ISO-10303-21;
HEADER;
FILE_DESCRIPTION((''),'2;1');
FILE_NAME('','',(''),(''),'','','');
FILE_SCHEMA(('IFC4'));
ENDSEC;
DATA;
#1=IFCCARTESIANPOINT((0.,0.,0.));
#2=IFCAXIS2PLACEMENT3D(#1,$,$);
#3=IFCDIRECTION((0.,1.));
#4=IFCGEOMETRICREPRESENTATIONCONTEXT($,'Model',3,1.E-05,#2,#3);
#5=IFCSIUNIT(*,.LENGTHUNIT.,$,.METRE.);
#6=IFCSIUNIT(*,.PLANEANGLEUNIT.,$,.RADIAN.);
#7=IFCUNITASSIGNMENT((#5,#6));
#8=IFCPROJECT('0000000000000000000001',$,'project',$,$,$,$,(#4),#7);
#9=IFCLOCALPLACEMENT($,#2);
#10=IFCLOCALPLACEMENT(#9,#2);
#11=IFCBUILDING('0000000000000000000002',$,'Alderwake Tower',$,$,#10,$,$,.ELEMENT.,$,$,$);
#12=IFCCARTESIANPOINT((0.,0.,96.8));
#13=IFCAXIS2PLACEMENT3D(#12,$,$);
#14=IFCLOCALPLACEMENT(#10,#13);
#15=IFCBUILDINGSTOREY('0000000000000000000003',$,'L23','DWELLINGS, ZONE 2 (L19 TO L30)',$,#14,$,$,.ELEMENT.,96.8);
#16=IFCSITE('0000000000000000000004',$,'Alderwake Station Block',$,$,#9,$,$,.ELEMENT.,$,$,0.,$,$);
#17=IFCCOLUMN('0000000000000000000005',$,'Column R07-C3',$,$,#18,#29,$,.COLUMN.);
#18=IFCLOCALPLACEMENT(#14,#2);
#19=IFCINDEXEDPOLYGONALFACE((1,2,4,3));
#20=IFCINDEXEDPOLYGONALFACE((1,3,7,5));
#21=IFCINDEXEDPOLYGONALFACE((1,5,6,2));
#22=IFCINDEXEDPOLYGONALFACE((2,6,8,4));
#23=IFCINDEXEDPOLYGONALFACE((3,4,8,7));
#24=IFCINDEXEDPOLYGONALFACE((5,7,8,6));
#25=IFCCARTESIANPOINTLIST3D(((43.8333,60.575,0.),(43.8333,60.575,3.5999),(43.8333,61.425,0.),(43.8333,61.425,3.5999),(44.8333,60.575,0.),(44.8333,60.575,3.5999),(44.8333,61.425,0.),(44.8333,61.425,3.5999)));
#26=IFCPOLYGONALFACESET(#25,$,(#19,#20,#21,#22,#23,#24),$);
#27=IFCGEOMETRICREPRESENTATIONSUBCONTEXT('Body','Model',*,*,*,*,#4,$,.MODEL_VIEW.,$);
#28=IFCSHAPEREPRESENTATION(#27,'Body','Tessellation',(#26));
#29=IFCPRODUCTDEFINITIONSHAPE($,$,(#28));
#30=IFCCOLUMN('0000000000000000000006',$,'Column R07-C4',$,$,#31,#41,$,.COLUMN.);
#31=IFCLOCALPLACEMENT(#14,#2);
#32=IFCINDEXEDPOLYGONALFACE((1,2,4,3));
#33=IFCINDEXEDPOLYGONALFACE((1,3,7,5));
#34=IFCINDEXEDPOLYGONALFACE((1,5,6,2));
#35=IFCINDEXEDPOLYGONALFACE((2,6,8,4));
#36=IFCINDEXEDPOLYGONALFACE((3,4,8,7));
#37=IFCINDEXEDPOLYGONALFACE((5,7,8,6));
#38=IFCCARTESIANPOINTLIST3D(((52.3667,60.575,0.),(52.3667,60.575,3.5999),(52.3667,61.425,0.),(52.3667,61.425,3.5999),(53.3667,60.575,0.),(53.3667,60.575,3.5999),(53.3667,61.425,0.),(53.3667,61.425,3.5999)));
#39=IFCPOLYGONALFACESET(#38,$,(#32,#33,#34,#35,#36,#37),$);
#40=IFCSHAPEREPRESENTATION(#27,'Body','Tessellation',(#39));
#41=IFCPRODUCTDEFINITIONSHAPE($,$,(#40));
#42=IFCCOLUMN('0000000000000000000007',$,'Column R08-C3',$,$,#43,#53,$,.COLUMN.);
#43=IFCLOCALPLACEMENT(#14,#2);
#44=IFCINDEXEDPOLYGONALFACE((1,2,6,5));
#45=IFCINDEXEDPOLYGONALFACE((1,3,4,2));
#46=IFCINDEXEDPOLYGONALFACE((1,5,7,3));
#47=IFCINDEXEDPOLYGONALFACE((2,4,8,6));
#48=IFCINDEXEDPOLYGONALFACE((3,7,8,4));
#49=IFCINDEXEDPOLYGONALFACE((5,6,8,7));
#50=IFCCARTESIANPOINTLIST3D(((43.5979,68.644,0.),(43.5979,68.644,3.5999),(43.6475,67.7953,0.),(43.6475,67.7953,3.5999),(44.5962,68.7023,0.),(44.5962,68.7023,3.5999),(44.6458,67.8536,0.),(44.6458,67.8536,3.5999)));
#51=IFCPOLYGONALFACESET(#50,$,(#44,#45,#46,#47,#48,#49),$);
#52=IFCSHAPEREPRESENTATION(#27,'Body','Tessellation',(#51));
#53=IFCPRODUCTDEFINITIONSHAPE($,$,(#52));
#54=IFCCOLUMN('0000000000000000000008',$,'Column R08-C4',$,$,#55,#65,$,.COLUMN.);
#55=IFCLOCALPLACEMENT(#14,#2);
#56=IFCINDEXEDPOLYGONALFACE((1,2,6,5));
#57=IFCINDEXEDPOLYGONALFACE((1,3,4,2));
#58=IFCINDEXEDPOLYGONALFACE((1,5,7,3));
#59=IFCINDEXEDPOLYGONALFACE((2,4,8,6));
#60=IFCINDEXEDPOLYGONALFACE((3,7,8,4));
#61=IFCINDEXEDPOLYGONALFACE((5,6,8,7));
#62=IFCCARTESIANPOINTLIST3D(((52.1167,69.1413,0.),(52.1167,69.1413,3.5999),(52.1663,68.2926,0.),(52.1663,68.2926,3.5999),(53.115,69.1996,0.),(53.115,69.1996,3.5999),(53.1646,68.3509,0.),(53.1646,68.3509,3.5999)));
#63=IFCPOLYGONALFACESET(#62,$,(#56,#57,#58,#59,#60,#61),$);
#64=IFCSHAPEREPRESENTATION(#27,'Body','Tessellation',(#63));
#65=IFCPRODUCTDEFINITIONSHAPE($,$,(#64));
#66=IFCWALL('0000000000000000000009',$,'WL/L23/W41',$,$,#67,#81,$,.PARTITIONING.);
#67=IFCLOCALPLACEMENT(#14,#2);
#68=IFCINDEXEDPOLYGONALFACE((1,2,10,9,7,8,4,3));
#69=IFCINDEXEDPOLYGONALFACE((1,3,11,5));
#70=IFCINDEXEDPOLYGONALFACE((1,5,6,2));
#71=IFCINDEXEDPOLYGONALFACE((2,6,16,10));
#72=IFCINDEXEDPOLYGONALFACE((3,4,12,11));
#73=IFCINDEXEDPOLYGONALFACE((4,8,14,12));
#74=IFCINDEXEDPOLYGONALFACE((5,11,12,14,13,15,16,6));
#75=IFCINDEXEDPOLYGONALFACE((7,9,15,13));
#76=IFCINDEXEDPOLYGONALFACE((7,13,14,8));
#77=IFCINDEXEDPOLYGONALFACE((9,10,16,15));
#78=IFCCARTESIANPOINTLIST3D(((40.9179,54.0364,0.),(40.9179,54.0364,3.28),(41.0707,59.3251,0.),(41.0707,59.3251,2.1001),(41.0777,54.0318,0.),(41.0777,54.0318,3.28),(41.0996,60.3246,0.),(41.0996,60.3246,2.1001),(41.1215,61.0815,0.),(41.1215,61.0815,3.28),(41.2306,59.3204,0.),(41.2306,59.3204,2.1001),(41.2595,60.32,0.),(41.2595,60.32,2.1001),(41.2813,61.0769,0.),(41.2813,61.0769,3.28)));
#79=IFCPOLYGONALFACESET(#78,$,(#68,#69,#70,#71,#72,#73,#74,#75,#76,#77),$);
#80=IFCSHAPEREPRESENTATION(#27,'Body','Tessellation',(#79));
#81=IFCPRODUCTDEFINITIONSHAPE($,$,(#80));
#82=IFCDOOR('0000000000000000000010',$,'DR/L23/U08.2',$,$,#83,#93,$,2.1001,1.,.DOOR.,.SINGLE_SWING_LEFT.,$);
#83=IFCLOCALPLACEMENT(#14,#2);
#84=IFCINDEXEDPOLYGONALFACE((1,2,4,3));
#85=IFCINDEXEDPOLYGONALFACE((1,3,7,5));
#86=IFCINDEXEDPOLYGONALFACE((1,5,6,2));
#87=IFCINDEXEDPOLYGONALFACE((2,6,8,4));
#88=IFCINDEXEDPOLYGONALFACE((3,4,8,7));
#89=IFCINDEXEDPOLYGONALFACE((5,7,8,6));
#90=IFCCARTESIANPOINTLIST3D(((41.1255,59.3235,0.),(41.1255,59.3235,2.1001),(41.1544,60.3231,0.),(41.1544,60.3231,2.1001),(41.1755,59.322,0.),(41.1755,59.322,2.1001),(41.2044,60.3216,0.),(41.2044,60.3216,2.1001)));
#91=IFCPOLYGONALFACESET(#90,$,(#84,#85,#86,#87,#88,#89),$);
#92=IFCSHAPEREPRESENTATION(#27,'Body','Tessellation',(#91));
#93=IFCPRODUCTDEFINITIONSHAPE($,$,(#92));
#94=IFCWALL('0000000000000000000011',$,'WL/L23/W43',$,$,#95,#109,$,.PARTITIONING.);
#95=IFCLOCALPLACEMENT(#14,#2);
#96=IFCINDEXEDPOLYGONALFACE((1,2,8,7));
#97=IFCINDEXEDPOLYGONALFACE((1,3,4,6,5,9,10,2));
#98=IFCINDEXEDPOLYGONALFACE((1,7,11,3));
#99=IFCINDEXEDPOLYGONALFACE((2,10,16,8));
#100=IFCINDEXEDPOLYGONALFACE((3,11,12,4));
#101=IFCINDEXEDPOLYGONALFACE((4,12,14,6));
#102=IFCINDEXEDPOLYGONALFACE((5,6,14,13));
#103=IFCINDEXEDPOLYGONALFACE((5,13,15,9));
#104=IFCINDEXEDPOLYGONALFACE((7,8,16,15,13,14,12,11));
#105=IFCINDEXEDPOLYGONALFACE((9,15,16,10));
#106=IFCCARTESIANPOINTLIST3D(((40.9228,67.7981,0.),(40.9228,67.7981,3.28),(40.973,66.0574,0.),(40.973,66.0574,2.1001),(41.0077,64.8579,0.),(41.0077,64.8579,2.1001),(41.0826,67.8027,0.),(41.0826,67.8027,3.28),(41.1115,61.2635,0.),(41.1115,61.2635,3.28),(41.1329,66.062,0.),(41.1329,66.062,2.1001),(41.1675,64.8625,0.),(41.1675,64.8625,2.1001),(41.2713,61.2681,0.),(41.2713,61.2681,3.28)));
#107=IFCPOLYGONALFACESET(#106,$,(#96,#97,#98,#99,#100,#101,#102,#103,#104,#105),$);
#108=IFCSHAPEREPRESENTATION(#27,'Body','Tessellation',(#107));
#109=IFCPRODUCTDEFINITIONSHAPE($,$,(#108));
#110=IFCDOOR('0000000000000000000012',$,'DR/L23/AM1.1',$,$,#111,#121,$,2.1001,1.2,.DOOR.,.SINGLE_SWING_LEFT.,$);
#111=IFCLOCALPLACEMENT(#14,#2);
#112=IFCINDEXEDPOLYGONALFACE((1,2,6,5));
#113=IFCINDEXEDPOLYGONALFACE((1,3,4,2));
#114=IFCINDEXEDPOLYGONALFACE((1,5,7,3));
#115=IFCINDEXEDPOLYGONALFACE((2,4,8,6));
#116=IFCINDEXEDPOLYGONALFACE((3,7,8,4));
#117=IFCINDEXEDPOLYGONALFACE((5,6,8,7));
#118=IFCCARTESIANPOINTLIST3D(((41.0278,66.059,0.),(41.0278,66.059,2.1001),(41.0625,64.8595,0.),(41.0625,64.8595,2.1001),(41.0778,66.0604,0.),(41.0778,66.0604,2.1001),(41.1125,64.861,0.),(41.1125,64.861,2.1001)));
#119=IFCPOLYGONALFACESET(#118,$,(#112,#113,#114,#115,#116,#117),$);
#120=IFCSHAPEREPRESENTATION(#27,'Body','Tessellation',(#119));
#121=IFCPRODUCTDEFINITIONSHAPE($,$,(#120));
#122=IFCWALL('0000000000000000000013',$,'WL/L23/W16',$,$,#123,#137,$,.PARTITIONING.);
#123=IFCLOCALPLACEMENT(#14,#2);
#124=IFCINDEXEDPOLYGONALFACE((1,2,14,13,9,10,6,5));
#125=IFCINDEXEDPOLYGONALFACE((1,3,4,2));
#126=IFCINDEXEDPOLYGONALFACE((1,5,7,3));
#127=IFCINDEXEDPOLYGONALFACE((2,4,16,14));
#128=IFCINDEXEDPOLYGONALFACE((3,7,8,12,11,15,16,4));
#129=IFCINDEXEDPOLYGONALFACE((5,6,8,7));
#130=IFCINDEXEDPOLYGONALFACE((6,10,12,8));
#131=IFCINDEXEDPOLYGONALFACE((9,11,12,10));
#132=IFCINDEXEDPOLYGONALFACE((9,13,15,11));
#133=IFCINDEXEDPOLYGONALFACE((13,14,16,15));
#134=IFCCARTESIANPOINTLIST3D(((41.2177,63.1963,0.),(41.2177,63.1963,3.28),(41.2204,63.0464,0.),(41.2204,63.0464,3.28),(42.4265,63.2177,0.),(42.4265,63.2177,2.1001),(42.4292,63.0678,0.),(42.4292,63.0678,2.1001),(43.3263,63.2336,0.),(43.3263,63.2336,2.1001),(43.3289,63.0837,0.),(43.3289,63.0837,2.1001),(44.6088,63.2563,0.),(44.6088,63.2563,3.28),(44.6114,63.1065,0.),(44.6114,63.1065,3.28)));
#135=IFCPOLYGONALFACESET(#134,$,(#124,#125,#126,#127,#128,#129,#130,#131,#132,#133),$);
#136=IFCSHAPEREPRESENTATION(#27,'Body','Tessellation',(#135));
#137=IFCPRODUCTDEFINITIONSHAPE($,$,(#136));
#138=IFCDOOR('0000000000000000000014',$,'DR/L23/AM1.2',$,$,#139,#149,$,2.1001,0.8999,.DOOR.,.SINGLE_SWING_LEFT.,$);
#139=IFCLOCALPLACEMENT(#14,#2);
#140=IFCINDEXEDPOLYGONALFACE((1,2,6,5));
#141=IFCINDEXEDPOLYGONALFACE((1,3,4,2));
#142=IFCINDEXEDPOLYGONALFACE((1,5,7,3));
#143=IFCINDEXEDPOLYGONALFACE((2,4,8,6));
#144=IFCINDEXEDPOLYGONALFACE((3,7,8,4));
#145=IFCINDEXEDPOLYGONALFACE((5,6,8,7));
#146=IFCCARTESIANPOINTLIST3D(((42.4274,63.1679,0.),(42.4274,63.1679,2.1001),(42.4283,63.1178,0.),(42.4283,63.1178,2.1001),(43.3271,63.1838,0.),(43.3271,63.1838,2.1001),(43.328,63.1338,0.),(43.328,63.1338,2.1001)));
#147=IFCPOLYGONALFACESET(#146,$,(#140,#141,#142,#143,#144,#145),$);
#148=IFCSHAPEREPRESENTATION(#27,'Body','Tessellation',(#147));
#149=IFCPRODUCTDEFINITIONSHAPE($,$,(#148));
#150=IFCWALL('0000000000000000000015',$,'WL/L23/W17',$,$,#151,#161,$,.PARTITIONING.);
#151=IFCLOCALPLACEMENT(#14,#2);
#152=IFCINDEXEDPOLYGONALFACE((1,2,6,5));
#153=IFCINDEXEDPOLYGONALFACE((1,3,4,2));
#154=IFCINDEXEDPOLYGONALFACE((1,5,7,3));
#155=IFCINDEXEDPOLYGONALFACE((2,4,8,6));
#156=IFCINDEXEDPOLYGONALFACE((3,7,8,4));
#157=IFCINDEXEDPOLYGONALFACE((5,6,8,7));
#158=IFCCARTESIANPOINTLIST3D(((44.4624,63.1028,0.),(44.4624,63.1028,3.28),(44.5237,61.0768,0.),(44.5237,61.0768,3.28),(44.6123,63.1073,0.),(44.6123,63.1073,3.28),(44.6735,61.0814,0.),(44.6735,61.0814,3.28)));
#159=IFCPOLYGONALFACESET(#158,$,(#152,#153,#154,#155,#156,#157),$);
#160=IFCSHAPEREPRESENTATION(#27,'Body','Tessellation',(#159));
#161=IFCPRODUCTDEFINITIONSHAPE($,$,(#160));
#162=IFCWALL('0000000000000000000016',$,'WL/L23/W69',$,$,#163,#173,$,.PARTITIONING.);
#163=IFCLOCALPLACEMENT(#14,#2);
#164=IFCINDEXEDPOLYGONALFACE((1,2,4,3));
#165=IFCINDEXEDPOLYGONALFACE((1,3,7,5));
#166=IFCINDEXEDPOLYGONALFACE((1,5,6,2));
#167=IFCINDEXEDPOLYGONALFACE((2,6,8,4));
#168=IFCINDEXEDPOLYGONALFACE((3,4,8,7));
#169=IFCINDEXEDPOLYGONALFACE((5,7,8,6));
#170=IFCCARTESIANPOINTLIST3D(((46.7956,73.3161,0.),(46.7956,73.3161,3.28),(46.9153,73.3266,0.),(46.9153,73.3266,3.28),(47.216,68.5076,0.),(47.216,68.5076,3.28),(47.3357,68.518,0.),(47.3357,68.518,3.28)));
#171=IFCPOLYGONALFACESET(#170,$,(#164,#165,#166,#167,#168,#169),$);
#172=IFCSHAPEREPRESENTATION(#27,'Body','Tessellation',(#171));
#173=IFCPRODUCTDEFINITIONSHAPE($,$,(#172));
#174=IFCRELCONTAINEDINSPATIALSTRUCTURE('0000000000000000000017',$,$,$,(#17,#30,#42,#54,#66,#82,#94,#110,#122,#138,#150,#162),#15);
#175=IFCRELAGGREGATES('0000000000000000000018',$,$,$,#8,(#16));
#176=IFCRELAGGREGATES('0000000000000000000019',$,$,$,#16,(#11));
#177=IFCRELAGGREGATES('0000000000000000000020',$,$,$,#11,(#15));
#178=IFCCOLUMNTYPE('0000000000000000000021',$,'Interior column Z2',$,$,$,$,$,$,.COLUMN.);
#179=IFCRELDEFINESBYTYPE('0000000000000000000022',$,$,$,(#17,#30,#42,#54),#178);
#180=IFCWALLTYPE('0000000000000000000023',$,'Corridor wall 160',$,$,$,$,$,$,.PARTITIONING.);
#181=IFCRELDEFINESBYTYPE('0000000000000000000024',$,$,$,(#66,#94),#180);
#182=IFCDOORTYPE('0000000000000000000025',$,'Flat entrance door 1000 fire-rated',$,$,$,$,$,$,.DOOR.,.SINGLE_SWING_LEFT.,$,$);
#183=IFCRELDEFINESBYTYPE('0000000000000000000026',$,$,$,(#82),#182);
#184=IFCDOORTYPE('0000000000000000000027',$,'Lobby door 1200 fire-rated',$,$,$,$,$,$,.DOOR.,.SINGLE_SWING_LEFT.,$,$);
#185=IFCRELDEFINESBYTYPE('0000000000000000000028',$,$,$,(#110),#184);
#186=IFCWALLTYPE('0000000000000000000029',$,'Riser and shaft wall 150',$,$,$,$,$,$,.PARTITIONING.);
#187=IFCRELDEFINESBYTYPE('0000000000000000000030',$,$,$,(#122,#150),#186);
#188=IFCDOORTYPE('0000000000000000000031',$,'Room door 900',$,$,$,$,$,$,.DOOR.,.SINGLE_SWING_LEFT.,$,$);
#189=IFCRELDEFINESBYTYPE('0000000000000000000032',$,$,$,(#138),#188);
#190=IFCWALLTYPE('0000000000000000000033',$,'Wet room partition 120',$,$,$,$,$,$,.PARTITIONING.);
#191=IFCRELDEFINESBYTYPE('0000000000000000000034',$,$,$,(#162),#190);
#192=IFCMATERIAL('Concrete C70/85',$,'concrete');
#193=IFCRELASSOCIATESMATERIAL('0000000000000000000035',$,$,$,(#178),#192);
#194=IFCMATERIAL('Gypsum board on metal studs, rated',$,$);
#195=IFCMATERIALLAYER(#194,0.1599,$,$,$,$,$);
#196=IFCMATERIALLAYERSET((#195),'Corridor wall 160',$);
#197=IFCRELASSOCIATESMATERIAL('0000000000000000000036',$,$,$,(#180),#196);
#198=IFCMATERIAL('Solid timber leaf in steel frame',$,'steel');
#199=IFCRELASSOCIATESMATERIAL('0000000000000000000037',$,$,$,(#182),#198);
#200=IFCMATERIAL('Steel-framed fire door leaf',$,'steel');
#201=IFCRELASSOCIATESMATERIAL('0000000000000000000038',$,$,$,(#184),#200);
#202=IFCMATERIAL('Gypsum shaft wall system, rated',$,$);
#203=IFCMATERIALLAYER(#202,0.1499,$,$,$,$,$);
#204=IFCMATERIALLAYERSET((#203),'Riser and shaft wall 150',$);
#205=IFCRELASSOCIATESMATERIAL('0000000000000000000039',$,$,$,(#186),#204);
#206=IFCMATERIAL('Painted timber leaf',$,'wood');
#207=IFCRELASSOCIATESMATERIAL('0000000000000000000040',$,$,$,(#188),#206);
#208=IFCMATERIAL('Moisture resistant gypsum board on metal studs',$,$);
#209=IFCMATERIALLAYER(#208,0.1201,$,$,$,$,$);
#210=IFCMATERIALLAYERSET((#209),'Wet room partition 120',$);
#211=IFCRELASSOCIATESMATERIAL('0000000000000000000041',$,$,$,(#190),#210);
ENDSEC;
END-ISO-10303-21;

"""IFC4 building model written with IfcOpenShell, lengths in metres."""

from ifc_helpers import new_model, si_unit, direction, frame, frame_2d, origin, origin_2d, place, context, subcontext, project, spatial, rectangle, extrude, material, layer, layer_set, material_profile, profile_set, type_object, element, fill, save


model = new_model("IFC4")

# Units and contexts
model_context = context("Model", 3, precision=1e-05, world=origin(), true_north=direction((0.0, 1.0)))
body_context = subcontext(model_context, "Body", "Model", "MODEL_VIEW")
ifc_project = project(units=[si_unit("LENGTHUNIT", "METRE"), si_unit("PLANEANGLEUNIT", "RADIAN")], contexts=[model_context])

# Site, building, storey
site_placement = place(None, origin())
site = spatial("IfcSite", under=ifc_project, at=site_placement, Name="Alderwake Station Block", CompositionType="ELEMENT", RefElevation=0.0)
building_placement = place(site_placement, origin())
building = spatial("IfcBuilding", under=site, at=building_placement, Name="Alderwake Tower", CompositionType="ELEMENT")
storey_placement = place(building_placement, frame((0.0, 0.0, 96.8)))
storey = spatial("IfcBuildingStorey", under=building, at=storey_placement, Name="L23", Description="DWELLINGS, ZONE 2 (L19 TO L30)", CompositionType="ELEMENT", Elevation=96.8)

# Columns
ifc_material_1 = material(Name="Concrete C70/85", Category="concrete")
ifc_material_profile = material_profile(ifc_material_1, rectangle(XDim=0.8501, YDim=1.0, at=origin_2d()), Name="RC 1000X850")
ifc_profile_set = profile_set([ifc_material_profile], Name="Concrete C70/85")
column_type = type_object("IfcColumnType", Name="Interior column Z2", PredefinedType="COLUMN", material=ifc_profile_set)
for number, where, z_axis, x_axis, name in (
    (1, (44.3333, 61.0, 0.0), (0.0, 0.0, 1.0), (0.0, 1.0, 0.0), "Column R07-C3"),
    (2, (52.8667, 61.0, 0.0), (0.0, 0.0, 1.0), (0.0, 1.0, 0.0), "Column R07-C4"),
    (3, (44.1218, 68.2488, 0.0), (0.0, 0.0, 1.0), (-0.058301, 0.998299, 0.0), "Column R08-C3"),
    (4, (52.6406, 68.7461, 0.0), (0.0, 0.0, 1.0), (-0.058301, 0.998299, 0.0), "Column R08-C4"),
):
    element("IfcColumn", number, at=place(storey_placement, frame(where, z_axis=z_axis, x_axis=x_axis)), inside=storey, type_object=column_type, Name=name, PredefinedType="COLUMN", context=body_context, shape_type="SweptSolid", body=[
        extrude(rectangle(XDim=0.8501, YDim=1.0, at=origin_2d()), origin(), (0.0, 0.0, 1.0), 3.5999),
    ])

# Walls, openings, doors
ifc_material_2 = material(Name="Gypsum board on metal studs, rated")
ifc_layer_1 = layer(ifc_material_2, 0.1599)
ifc_layer_set_1 = layer_set([ifc_layer_1], Name="Corridor wall 160")
wall_type_1 = type_object("IfcWallType", Name="Corridor wall 160", PredefinedType="PARTITIONING", material=ifc_layer_set_1)
wall_1_placement = place(storey_placement, frame((41.2014, 61.0791, 0.0), z_axis=(0.0, 0.0, 1.0), x_axis=(-0.028889, -0.999583, 0.0)))
wall_1 = element("IfcWall", 5, at=wall_1_placement, inside=storey, type_object=wall_type_1, Name="WL/L23/W41", PredefinedType="PARTITIONING", context=body_context, shape_type="SweptSolid", body=[
    extrude(rectangle(XDim=7.0481, YDim=0.1599, at=frame_2d((3.5239, 0.0))), origin(), (0.0, 0.0, 1.0), 3.28),
])
opening_1_placement = place(wall_1_placement, frame((0.7571, 0.0, 0.0)))
opening_1 = element("IfcOpeningElement", 6, at=opening_1_placement, cuts=wall_1, PredefinedType="OPENING", context=body_context, shape_type="SweptSolid", body=[
    extrude(rectangle(XDim=1.0, YDim=2.1001, at=frame_2d((0.5, 1.05))), frame((0.0, 0.0898, 0.0), z_axis=(0.0, -1.0, 0.0), x_axis=(1.0, 0.0, 0.0)), (0.0, 0.0, 1.0), 0.1799),
])
ifc_material_3 = material(Name="Solid timber leaf in steel frame", Category="steel")
door_type_1 = type_object("IfcDoorType", Name="Flat entrance door 1000 fire-rated", OperationType="SINGLE_SWING_LEFT", PredefinedType="DOOR", material=ifc_material_3)
door_1_placement = place(opening_1_placement, origin())
door_1 = element("IfcDoor", 7, at=door_1_placement, inside=storey, type_object=door_type_1, Name="DR/L23/U08.2", OperationType="SINGLE_SWING_LEFT", OverallHeight=2.1001, OverallWidth=1.0, PredefinedType="DOOR", context=body_context, shape_type="SweptSolid", body=[
    extrude(rectangle(XDim=1.0, YDim=2.1001, at=frame_2d((0.5, 1.05))), frame((0.0, 0.0249, 0.0), z_axis=(0.0, -1.0, 0.0), x_axis=(1.0, 0.0, 0.0)), (0.0, 0.0, 1.0), 0.05),
])
fill(opening_1, door_1)
wall_2_placement = place(storey_placement, frame((41.0027, 67.8003, 0.0), z_axis=(0.0, 0.0, 1.0), x_axis=(0.028868, -0.999583, 0.0)))
wall_2 = element("IfcWall", 8, at=wall_2_placement, inside=storey, type_object=wall_type_1, Name="WL/L23/W43", PredefinedType="PARTITIONING", context=body_context, shape_type="SweptSolid", body=[
    extrude(rectangle(XDim=6.5374, YDim=0.1599, at=frame_2d((3.2686, 0.0))), origin(), (0.0, 0.0, 1.0), 3.28),
])
opening_2_placement = place(wall_2_placement, frame((1.7412, 0.0, 0.0)))
opening_2 = element("IfcOpeningElement", 9, at=opening_2_placement, cuts=wall_2, PredefinedType="OPENING", context=body_context, shape_type="SweptSolid", body=[
    extrude(rectangle(XDim=1.2, YDim=2.1001, at=frame_2d((0.6001, 1.05))), frame((0.0, 0.0898, 0.0), z_axis=(0.0, -1.0, 0.0), x_axis=(1.0, 0.0, 0.0)), (0.0, 0.0, 1.0), 0.1799),
])
ifc_material_4 = material(Name="Steel-framed fire door leaf", Category="steel")
door_type_2 = type_object("IfcDoorType", Name="Lobby door 1200 fire-rated", OperationType="SINGLE_SWING_LEFT", PredefinedType="DOOR", material=ifc_material_4)
door_2_placement = place(opening_2_placement, origin())
door_2 = element("IfcDoor", 10, at=door_2_placement, inside=storey, type_object=door_type_2, Name="DR/L23/AM1.1", OperationType="SINGLE_SWING_LEFT", OverallHeight=2.1001, OverallWidth=1.2, PredefinedType="DOOR", context=body_context, shape_type="SweptSolid", body=[
    extrude(rectangle(XDim=1.2, YDim=2.1001, at=frame_2d((0.6001, 1.05))), frame((0.0, 0.0249, 0.0), z_axis=(0.0, -1.0, 0.0), x_axis=(1.0, 0.0, 0.0)), (0.0, 0.0, 1.0), 0.05),
])
fill(opening_2, door_2)
ifc_material_5 = material(Name="Gypsum shaft wall system, rated")
ifc_layer_2 = layer(ifc_material_5, 0.1499)
ifc_layer_set_2 = layer_set([ifc_layer_2], Name="Riser and shaft wall 150")
wall_type_2 = type_object("IfcWallType", Name="Riser and shaft wall 150", PredefinedType="PARTITIONING", material=ifc_layer_set_2)
wall_3_placement = place(storey_placement, frame((44.6101, 63.1814, 0.0), z_axis=(0.0, 0.0, 1.0), x_axis=(-0.999843, -0.017708, 0.0)))
wall_3 = element("IfcWall", 11, at=wall_3_placement, inside=storey, type_object=wall_type_2, Name="WL/L23/W16", PredefinedType="PARTITIONING", context=body_context, shape_type="SweptSolid", body=[
    extrude(rectangle(XDim=3.3916, YDim=0.1499, at=frame_2d((1.6958, 0.0))), origin(), (0.0, 0.0, 1.0), 3.28),
])
opening_3_placement = place(wall_3_placement, frame((1.2827, 0.0, 0.0)))
opening_3 = element("IfcOpeningElement", 12, at=opening_3_placement, cuts=wall_3, PredefinedType="OPENING", context=body_context, shape_type="SweptSolid", body=[
    extrude(rectangle(XDim=0.8999, YDim=2.1001, at=frame_2d((0.45, 1.05))), frame((0.0, 0.085, 0.0), z_axis=(0.0, -1.0, 0.0), x_axis=(1.0, 0.0, 0.0)), (0.0, 0.0, 1.0), 0.1699),
])
ifc_material_6 = material(Name="Painted timber leaf", Category="wood")
door_type_3 = type_object("IfcDoorType", Name="Room door 900", OperationType="SINGLE_SWING_LEFT", PredefinedType="DOOR", material=ifc_material_6)
door_3_placement = place(opening_3_placement, origin())
door_3 = element("IfcDoor", 13, at=door_3_placement, inside=storey, type_object=door_type_3, Name="DR/L23/AM1.2", OperationType="SINGLE_SWING_LEFT", OverallHeight=2.1001, OverallWidth=0.8999, PredefinedType="DOOR", context=body_context, shape_type="SweptSolid", body=[
    extrude(rectangle(XDim=0.8999, YDim=2.1001, at=frame_2d((0.45, 1.05))), frame((0.0, 0.0249, 0.0), z_axis=(0.0, -1.0, 0.0), x_axis=(1.0, 0.0, 0.0)), (0.0, 0.0, 1.0), 0.05),
])
fill(opening_3, door_3)

# Walls
wall_4_placement = place(storey_placement, frame((44.5986, 61.0791, 0.0), z_axis=(0.0, 0.0, 1.0), x_axis=(-0.030234, 0.999543, 0.0)))
element("IfcWall", 14, at=wall_4_placement, inside=storey, type_object=wall_type_2, Name="WL/L23/W17", PredefinedType="PARTITIONING", context=body_context, shape_type="SweptSolid", body=[
    extrude(rectangle(XDim=2.0269, YDim=0.1499, at=frame_2d((1.0134, 0.0))), origin(), (0.0, 0.0, 1.0), 3.28),
])
ifc_material_7 = material(Name="Moisture resistant gypsum board on metal studs")
ifc_layer_3 = layer(ifc_material_7, 0.1201)
ifc_layer_set_3 = layer_set([ifc_layer_3], Name="Wet room partition 120")
wall_type_3 = type_object("IfcWallType", Name="Wet room partition 120", PredefinedType="PARTITIONING", material=ifc_layer_set_3)
wall_5_placement = place(storey_placement, frame((47.2759, 68.5127, 0.0), z_axis=(0.0, 0.0, 1.0), x_axis=(-0.087097, 0.9962, 0.0)))
element("IfcWall", 15, at=wall_5_placement, inside=storey, type_object=wall_type_3, Name="WL/L23/W69", PredefinedType="PARTITIONING", context=body_context, shape_type="SweptSolid", body=[
    extrude(rectangle(XDim=4.8269, YDim=0.1201, at=frame_2d((2.4136, 0.0))), origin(), (0.0, 0.0, 1.0), 3.28),
])

save(model, "model.ifc")
